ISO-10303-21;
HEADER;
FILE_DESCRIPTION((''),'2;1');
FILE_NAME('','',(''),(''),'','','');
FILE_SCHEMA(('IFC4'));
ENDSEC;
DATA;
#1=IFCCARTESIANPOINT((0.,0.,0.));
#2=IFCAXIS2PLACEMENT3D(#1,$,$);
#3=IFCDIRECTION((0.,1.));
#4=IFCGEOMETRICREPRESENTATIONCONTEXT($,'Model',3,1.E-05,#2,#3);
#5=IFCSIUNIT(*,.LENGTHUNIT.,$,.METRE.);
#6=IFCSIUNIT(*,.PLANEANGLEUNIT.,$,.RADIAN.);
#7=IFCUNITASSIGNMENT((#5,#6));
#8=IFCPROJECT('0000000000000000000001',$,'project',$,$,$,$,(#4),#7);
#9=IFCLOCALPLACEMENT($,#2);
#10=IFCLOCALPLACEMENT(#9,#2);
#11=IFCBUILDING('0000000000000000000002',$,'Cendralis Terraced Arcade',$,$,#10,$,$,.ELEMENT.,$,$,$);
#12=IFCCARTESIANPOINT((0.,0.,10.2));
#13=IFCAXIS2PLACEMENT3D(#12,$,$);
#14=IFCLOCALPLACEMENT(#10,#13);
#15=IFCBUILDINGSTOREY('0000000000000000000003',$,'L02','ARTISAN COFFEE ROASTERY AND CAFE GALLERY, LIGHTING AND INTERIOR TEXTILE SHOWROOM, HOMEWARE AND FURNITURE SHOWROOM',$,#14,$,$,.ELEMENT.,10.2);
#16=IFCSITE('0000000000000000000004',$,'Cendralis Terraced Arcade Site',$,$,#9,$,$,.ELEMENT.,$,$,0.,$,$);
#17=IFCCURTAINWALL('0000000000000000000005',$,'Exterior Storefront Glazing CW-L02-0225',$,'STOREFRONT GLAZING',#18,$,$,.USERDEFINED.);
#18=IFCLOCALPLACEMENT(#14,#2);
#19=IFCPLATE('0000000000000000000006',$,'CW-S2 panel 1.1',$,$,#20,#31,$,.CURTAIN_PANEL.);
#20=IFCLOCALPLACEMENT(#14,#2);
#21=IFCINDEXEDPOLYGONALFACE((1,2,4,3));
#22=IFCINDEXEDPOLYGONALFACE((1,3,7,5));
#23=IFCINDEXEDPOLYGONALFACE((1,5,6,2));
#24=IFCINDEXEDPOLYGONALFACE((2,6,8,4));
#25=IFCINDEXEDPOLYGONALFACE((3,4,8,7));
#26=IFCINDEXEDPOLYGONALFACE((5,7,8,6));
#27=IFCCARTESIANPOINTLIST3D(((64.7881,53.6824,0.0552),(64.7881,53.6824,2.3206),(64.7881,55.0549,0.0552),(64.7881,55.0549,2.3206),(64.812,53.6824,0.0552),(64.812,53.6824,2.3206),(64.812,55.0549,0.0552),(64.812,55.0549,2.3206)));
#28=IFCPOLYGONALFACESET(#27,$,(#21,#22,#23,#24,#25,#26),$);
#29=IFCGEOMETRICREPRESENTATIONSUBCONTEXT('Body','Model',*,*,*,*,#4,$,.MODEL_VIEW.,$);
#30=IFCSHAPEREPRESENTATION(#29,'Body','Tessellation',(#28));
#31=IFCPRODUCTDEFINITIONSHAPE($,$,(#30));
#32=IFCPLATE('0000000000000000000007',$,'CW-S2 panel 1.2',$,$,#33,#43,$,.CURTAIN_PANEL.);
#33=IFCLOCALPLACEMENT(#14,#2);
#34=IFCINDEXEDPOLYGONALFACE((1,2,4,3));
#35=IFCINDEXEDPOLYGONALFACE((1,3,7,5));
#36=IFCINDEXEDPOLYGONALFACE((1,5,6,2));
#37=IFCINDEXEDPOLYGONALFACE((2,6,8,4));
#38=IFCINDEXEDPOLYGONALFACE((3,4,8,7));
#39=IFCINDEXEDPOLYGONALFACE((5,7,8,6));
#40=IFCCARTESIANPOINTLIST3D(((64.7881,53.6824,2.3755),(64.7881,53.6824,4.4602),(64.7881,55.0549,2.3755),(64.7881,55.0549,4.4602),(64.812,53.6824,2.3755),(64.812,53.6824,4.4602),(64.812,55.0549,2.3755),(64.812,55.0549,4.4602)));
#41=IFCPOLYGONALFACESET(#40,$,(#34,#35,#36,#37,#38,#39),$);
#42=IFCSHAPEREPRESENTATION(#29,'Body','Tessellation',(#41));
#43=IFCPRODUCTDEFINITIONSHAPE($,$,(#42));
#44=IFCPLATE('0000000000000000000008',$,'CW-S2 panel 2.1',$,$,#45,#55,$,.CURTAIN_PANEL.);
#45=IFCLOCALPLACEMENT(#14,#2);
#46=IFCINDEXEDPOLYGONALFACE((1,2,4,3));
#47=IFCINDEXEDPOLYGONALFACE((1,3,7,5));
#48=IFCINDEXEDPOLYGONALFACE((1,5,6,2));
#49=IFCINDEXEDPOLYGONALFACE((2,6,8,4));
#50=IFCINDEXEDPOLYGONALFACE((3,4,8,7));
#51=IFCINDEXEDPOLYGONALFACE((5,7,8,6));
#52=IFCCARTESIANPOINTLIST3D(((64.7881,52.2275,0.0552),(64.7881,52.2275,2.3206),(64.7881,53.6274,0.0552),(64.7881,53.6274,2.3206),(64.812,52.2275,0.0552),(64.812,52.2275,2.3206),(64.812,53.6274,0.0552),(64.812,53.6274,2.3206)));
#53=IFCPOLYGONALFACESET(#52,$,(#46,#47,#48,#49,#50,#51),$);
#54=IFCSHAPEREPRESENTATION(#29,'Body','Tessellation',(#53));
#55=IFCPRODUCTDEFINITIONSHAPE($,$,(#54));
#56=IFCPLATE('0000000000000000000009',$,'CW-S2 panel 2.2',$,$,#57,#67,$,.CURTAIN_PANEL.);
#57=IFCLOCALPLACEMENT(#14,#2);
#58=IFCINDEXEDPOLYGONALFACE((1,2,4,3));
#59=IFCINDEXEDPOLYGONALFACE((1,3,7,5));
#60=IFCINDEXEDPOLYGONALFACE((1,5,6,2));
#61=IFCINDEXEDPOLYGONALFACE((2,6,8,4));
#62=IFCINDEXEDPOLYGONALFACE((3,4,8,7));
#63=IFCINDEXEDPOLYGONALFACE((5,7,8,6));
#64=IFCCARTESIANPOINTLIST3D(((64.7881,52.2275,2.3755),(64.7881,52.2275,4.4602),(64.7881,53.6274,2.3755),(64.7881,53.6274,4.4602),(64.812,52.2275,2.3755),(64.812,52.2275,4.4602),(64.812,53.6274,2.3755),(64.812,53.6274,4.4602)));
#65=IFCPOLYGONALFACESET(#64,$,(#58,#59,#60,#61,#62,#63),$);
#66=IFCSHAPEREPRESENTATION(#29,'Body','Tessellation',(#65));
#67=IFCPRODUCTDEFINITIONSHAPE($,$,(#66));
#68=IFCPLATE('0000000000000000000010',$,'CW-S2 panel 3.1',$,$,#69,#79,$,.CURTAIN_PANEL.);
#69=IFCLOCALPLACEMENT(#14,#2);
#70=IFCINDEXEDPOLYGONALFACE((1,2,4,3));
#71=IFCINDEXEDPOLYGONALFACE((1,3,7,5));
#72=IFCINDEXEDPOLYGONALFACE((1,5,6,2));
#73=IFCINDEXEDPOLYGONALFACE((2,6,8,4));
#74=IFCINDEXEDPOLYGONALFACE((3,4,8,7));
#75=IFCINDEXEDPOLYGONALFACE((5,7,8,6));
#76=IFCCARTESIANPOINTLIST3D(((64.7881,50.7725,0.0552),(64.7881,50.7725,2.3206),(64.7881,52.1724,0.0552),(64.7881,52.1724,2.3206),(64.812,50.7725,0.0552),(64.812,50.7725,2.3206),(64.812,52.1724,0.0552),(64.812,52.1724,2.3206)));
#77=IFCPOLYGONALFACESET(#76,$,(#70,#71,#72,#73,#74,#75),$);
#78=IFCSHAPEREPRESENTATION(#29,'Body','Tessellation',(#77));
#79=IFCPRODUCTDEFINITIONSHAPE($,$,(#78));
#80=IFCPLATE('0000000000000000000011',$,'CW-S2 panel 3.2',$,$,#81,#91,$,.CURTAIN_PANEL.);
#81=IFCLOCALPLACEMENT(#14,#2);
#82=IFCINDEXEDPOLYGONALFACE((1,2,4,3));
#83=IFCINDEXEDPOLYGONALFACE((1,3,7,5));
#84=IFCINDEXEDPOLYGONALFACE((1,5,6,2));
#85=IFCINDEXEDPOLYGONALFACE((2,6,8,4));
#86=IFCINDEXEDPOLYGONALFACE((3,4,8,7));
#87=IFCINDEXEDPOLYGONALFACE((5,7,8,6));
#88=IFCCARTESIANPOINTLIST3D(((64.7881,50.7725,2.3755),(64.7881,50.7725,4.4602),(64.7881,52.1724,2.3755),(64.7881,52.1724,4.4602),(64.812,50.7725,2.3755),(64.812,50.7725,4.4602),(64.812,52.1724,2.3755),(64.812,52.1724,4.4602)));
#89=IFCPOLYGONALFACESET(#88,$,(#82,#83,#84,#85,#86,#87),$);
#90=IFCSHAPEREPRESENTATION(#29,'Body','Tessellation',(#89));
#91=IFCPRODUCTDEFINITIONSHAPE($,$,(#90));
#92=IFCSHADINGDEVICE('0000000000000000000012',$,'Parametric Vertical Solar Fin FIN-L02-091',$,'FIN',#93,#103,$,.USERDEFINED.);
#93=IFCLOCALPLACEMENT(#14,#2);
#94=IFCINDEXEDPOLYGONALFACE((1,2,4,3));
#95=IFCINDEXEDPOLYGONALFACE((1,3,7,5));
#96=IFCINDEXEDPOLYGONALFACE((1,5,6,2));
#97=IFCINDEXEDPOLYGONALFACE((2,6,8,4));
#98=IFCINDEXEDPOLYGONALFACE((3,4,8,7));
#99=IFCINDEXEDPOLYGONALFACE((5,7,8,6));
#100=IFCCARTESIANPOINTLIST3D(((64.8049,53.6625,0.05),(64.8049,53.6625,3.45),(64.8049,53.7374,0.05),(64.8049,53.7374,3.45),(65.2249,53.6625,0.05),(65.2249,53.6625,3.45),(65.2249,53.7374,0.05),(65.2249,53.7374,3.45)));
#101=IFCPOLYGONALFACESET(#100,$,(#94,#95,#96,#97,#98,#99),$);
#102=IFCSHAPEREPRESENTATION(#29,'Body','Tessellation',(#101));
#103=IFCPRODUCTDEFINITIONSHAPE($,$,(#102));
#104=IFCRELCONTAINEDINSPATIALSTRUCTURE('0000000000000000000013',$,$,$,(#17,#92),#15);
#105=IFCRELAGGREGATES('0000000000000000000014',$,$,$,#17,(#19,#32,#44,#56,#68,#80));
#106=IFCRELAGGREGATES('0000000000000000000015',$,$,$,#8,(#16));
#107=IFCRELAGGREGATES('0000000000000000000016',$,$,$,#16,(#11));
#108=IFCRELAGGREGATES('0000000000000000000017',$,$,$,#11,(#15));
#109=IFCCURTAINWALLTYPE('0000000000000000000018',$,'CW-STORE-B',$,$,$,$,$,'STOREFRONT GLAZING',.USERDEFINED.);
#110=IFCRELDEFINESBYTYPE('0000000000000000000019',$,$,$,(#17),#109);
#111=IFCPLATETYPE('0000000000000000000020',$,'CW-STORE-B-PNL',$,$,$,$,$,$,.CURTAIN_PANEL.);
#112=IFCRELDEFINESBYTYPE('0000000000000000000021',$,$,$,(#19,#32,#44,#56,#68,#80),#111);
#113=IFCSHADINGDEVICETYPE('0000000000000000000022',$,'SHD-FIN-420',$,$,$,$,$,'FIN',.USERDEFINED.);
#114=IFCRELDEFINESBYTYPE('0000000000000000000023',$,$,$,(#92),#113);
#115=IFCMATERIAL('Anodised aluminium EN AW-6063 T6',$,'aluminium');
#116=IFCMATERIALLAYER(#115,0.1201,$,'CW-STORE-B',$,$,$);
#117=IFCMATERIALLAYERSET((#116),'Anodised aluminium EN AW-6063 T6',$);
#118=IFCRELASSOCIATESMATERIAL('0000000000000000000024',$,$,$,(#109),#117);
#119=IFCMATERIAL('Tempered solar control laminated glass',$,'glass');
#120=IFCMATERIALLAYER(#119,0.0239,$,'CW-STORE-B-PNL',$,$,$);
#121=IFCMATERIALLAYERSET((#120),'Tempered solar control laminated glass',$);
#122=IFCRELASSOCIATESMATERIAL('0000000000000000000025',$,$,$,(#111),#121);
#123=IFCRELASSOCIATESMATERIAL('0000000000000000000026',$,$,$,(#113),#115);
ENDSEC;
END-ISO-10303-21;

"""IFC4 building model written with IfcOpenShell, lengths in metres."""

from ifc_helpers import new_model, si_unit, direction, frame, origin, origin_2d, place, context, subcontext, project, spatial, rectangle, extrude, material, layer, layer_set, type_object, element, aggregate, save


model = new_model("IFC4")

# Units and contexts
model_context = context("Model", 3, precision=1e-05, world=origin(), true_north=direction((0.0, 1.0)))
body_context = subcontext(model_context, "Body", "Model", "MODEL_VIEW")
ifc_project = project(units=[si_unit("LENGTHUNIT", "METRE"), si_unit("PLANEANGLEUNIT", "RADIAN")], contexts=[model_context])

# Site, building, storey
site_placement = place(None, origin())
site = spatial("IfcSite", under=ifc_project, at=site_placement, Name="Cendralis Terraced Arcade Site", CompositionType="ELEMENT", RefElevation=0.0)
building_placement = place(site_placement, origin())
building = spatial("IfcBuilding", under=site, at=building_placement, Name="Cendralis Terraced Arcade", CompositionType="ELEMENT")
storey_placement = place(building_placement, frame((0.0, 0.0, 10.2)))
storey = spatial("IfcBuildingStorey", under=building, at=storey_placement, Name="L02", Description="ARTISAN COFFEE ROASTERY AND CAFE GALLERY, LIGHTING AND INTERIOR TEXTILE SHOWROOM, HOMEWARE AND FURNITURE SHOWROOM", CompositionType="ELEMENT", Elevation=10.2)

# Curtain wall, plates
ifc_material_1 = material(Name="Anodised aluminium EN AW-6063 T6", Category="aluminium")
ifc_layer_1 = layer(ifc_material_1, 0.1201, Name="CW-STORE-B")
ifc_layer_set_1 = layer_set([ifc_layer_1], Name="Anodised aluminium EN AW-6063 T6")
curtain_wall_type = type_object("IfcCurtainWallType", Name="CW-STORE-B", ElementType="STOREFRONT GLAZING", PredefinedType="USERDEFINED", material=ifc_layer_set_1)
curtain_wall_placement = place(storey_placement, origin())
curtain_wall = element("IfcCurtainWall", 1, at=curtain_wall_placement, inside=storey, type_object=curtain_wall_type, Name="Exterior Storefront Glazing CW-L02-0225", ObjectType="STOREFRONT GLAZING", PredefinedType="USERDEFINED")
ifc_material_2 = material(Name="Tempered solar control laminated glass", Category="glass")
ifc_layer_2 = layer(ifc_material_2, 0.0239, Name="CW-STORE-B-PNL")
ifc_layer_set_2 = layer_set([ifc_layer_2], Name="Tempered solar control laminated glass")
plate_type = type_object("IfcPlateType", Name="CW-STORE-B-PNL", PredefinedType="CURTAIN_PANEL", material=ifc_layer_set_2)
plate_1_placement = place(storey_placement, frame((64.8, 54.3687, 0.0552), z_axis=(0.0, 0.0, 1.0), x_axis=(0.0, -1.0, 0.0)))
plate_1 = element("IfcPlate", 2, at=plate_1_placement, type_object=plate_type, Name="CW-S2 panel 1.1", PredefinedType="CURTAIN_PANEL", context=body_context, shape_type="SweptSolid", body=[
    extrude(rectangle(XDim=1.3726, YDim=0.0239, at=origin_2d()), origin(), (0.0, 0.0, 1.0), 2.2654),
])
plate_2_placement = place(storey_placement, frame((64.8, 54.3687, 2.3755), z_axis=(0.0, 0.0, 1.0), x_axis=(0.0, -1.0, 0.0)))
plate_2 = element("IfcPlate", 3, at=plate_2_placement, type_object=plate_type, Name="CW-S2 panel 1.2", PredefinedType="CURTAIN_PANEL", context=body_context, shape_type="SweptSolid", body=[
    extrude(rectangle(XDim=1.3726, YDim=0.0239, at=origin_2d()), origin(), (0.0, 0.0, 1.0), 2.0847),
])
plate_3_placement = place(storey_placement, frame((64.8, 52.9275, 0.0552), z_axis=(0.0, 0.0, 1.0), x_axis=(0.0, -1.0, 0.0)))
plate_3 = element("IfcPlate", 4, at=plate_3_placement, type_object=plate_type, Name="CW-S2 panel 2.1", PredefinedType="CURTAIN_PANEL", context=body_context, shape_type="SweptSolid", body=[
    extrude(rectangle(XDim=1.3999, YDim=0.0239, at=origin_2d()), origin(), (0.0, 0.0, 1.0), 2.2654),
])
plate_4_placement = place(storey_placement, frame((64.8, 52.9275, 2.3755), z_axis=(0.0, 0.0, 1.0), x_axis=(0.0, -1.0, 0.0)))
plate_4 = element("IfcPlate", 5, at=plate_4_placement, type_object=plate_type, Name="CW-S2 panel 2.2", PredefinedType="CURTAIN_PANEL", context=body_context, shape_type="SweptSolid", body=[
    extrude(rectangle(XDim=1.3999, YDim=0.0239, at=origin_2d()), origin(), (0.0, 0.0, 1.0), 2.0847),
])
plate_5_placement = place(storey_placement, frame((64.8, 51.4724, 0.0552), z_axis=(0.0, 0.0, 1.0), x_axis=(0.0, -1.0, 0.0)))
plate_5 = element("IfcPlate", 6, at=plate_5_placement, type_object=plate_type, Name="CW-S2 panel 3.1", PredefinedType="CURTAIN_PANEL", context=body_context, shape_type="SweptSolid", body=[
    extrude(rectangle(XDim=1.3999, YDim=0.0239, at=origin_2d()), origin(), (0.0, 0.0, 1.0), 2.2654),
])
plate_6_placement = place(storey_placement, frame((64.8, 51.4724, 2.3755), z_axis=(0.0, 0.0, 1.0), x_axis=(0.0, -1.0, 0.0)))
plate_6 = element("IfcPlate", 7, at=plate_6_placement, type_object=plate_type, Name="CW-S2 panel 3.2", PredefinedType="CURTAIN_PANEL", context=body_context, shape_type="SweptSolid", body=[
    extrude(rectangle(XDim=1.3999, YDim=0.0239, at=origin_2d()), origin(), (0.0, 0.0, 1.0), 2.0847),
])
aggregate(curtain_wall, [plate_1, plate_2, plate_3, plate_4, plate_5, plate_6])

# Shading device
shading_device_type = type_object("IfcShadingDeviceType", Name="SHD-FIN-420", ElementType="FIN", PredefinedType="USERDEFINED", material=ifc_material_1)
shading_device_placement = place(storey_placement, frame((65.0149, 53.7, 0.05), z_axis=(0.0, 0.0, 1.0), x_axis=(0.0, -1.0, 0.0)))
element("IfcShadingDevice", 8, at=shading_device_placement, inside=storey, type_object=shading_device_type, Name="Parametric Vertical Solar Fin FIN-L02-091", ObjectType="FIN", PredefinedType="USERDEFINED", context=body_context, shape_type="SweptSolid", body=[
    extrude(rectangle(XDim=0.075, YDim=0.4199, at=origin_2d()), origin(), (0.0, 0.0, 1.0), 3.3999),
])

save(model, "model.ifc")
